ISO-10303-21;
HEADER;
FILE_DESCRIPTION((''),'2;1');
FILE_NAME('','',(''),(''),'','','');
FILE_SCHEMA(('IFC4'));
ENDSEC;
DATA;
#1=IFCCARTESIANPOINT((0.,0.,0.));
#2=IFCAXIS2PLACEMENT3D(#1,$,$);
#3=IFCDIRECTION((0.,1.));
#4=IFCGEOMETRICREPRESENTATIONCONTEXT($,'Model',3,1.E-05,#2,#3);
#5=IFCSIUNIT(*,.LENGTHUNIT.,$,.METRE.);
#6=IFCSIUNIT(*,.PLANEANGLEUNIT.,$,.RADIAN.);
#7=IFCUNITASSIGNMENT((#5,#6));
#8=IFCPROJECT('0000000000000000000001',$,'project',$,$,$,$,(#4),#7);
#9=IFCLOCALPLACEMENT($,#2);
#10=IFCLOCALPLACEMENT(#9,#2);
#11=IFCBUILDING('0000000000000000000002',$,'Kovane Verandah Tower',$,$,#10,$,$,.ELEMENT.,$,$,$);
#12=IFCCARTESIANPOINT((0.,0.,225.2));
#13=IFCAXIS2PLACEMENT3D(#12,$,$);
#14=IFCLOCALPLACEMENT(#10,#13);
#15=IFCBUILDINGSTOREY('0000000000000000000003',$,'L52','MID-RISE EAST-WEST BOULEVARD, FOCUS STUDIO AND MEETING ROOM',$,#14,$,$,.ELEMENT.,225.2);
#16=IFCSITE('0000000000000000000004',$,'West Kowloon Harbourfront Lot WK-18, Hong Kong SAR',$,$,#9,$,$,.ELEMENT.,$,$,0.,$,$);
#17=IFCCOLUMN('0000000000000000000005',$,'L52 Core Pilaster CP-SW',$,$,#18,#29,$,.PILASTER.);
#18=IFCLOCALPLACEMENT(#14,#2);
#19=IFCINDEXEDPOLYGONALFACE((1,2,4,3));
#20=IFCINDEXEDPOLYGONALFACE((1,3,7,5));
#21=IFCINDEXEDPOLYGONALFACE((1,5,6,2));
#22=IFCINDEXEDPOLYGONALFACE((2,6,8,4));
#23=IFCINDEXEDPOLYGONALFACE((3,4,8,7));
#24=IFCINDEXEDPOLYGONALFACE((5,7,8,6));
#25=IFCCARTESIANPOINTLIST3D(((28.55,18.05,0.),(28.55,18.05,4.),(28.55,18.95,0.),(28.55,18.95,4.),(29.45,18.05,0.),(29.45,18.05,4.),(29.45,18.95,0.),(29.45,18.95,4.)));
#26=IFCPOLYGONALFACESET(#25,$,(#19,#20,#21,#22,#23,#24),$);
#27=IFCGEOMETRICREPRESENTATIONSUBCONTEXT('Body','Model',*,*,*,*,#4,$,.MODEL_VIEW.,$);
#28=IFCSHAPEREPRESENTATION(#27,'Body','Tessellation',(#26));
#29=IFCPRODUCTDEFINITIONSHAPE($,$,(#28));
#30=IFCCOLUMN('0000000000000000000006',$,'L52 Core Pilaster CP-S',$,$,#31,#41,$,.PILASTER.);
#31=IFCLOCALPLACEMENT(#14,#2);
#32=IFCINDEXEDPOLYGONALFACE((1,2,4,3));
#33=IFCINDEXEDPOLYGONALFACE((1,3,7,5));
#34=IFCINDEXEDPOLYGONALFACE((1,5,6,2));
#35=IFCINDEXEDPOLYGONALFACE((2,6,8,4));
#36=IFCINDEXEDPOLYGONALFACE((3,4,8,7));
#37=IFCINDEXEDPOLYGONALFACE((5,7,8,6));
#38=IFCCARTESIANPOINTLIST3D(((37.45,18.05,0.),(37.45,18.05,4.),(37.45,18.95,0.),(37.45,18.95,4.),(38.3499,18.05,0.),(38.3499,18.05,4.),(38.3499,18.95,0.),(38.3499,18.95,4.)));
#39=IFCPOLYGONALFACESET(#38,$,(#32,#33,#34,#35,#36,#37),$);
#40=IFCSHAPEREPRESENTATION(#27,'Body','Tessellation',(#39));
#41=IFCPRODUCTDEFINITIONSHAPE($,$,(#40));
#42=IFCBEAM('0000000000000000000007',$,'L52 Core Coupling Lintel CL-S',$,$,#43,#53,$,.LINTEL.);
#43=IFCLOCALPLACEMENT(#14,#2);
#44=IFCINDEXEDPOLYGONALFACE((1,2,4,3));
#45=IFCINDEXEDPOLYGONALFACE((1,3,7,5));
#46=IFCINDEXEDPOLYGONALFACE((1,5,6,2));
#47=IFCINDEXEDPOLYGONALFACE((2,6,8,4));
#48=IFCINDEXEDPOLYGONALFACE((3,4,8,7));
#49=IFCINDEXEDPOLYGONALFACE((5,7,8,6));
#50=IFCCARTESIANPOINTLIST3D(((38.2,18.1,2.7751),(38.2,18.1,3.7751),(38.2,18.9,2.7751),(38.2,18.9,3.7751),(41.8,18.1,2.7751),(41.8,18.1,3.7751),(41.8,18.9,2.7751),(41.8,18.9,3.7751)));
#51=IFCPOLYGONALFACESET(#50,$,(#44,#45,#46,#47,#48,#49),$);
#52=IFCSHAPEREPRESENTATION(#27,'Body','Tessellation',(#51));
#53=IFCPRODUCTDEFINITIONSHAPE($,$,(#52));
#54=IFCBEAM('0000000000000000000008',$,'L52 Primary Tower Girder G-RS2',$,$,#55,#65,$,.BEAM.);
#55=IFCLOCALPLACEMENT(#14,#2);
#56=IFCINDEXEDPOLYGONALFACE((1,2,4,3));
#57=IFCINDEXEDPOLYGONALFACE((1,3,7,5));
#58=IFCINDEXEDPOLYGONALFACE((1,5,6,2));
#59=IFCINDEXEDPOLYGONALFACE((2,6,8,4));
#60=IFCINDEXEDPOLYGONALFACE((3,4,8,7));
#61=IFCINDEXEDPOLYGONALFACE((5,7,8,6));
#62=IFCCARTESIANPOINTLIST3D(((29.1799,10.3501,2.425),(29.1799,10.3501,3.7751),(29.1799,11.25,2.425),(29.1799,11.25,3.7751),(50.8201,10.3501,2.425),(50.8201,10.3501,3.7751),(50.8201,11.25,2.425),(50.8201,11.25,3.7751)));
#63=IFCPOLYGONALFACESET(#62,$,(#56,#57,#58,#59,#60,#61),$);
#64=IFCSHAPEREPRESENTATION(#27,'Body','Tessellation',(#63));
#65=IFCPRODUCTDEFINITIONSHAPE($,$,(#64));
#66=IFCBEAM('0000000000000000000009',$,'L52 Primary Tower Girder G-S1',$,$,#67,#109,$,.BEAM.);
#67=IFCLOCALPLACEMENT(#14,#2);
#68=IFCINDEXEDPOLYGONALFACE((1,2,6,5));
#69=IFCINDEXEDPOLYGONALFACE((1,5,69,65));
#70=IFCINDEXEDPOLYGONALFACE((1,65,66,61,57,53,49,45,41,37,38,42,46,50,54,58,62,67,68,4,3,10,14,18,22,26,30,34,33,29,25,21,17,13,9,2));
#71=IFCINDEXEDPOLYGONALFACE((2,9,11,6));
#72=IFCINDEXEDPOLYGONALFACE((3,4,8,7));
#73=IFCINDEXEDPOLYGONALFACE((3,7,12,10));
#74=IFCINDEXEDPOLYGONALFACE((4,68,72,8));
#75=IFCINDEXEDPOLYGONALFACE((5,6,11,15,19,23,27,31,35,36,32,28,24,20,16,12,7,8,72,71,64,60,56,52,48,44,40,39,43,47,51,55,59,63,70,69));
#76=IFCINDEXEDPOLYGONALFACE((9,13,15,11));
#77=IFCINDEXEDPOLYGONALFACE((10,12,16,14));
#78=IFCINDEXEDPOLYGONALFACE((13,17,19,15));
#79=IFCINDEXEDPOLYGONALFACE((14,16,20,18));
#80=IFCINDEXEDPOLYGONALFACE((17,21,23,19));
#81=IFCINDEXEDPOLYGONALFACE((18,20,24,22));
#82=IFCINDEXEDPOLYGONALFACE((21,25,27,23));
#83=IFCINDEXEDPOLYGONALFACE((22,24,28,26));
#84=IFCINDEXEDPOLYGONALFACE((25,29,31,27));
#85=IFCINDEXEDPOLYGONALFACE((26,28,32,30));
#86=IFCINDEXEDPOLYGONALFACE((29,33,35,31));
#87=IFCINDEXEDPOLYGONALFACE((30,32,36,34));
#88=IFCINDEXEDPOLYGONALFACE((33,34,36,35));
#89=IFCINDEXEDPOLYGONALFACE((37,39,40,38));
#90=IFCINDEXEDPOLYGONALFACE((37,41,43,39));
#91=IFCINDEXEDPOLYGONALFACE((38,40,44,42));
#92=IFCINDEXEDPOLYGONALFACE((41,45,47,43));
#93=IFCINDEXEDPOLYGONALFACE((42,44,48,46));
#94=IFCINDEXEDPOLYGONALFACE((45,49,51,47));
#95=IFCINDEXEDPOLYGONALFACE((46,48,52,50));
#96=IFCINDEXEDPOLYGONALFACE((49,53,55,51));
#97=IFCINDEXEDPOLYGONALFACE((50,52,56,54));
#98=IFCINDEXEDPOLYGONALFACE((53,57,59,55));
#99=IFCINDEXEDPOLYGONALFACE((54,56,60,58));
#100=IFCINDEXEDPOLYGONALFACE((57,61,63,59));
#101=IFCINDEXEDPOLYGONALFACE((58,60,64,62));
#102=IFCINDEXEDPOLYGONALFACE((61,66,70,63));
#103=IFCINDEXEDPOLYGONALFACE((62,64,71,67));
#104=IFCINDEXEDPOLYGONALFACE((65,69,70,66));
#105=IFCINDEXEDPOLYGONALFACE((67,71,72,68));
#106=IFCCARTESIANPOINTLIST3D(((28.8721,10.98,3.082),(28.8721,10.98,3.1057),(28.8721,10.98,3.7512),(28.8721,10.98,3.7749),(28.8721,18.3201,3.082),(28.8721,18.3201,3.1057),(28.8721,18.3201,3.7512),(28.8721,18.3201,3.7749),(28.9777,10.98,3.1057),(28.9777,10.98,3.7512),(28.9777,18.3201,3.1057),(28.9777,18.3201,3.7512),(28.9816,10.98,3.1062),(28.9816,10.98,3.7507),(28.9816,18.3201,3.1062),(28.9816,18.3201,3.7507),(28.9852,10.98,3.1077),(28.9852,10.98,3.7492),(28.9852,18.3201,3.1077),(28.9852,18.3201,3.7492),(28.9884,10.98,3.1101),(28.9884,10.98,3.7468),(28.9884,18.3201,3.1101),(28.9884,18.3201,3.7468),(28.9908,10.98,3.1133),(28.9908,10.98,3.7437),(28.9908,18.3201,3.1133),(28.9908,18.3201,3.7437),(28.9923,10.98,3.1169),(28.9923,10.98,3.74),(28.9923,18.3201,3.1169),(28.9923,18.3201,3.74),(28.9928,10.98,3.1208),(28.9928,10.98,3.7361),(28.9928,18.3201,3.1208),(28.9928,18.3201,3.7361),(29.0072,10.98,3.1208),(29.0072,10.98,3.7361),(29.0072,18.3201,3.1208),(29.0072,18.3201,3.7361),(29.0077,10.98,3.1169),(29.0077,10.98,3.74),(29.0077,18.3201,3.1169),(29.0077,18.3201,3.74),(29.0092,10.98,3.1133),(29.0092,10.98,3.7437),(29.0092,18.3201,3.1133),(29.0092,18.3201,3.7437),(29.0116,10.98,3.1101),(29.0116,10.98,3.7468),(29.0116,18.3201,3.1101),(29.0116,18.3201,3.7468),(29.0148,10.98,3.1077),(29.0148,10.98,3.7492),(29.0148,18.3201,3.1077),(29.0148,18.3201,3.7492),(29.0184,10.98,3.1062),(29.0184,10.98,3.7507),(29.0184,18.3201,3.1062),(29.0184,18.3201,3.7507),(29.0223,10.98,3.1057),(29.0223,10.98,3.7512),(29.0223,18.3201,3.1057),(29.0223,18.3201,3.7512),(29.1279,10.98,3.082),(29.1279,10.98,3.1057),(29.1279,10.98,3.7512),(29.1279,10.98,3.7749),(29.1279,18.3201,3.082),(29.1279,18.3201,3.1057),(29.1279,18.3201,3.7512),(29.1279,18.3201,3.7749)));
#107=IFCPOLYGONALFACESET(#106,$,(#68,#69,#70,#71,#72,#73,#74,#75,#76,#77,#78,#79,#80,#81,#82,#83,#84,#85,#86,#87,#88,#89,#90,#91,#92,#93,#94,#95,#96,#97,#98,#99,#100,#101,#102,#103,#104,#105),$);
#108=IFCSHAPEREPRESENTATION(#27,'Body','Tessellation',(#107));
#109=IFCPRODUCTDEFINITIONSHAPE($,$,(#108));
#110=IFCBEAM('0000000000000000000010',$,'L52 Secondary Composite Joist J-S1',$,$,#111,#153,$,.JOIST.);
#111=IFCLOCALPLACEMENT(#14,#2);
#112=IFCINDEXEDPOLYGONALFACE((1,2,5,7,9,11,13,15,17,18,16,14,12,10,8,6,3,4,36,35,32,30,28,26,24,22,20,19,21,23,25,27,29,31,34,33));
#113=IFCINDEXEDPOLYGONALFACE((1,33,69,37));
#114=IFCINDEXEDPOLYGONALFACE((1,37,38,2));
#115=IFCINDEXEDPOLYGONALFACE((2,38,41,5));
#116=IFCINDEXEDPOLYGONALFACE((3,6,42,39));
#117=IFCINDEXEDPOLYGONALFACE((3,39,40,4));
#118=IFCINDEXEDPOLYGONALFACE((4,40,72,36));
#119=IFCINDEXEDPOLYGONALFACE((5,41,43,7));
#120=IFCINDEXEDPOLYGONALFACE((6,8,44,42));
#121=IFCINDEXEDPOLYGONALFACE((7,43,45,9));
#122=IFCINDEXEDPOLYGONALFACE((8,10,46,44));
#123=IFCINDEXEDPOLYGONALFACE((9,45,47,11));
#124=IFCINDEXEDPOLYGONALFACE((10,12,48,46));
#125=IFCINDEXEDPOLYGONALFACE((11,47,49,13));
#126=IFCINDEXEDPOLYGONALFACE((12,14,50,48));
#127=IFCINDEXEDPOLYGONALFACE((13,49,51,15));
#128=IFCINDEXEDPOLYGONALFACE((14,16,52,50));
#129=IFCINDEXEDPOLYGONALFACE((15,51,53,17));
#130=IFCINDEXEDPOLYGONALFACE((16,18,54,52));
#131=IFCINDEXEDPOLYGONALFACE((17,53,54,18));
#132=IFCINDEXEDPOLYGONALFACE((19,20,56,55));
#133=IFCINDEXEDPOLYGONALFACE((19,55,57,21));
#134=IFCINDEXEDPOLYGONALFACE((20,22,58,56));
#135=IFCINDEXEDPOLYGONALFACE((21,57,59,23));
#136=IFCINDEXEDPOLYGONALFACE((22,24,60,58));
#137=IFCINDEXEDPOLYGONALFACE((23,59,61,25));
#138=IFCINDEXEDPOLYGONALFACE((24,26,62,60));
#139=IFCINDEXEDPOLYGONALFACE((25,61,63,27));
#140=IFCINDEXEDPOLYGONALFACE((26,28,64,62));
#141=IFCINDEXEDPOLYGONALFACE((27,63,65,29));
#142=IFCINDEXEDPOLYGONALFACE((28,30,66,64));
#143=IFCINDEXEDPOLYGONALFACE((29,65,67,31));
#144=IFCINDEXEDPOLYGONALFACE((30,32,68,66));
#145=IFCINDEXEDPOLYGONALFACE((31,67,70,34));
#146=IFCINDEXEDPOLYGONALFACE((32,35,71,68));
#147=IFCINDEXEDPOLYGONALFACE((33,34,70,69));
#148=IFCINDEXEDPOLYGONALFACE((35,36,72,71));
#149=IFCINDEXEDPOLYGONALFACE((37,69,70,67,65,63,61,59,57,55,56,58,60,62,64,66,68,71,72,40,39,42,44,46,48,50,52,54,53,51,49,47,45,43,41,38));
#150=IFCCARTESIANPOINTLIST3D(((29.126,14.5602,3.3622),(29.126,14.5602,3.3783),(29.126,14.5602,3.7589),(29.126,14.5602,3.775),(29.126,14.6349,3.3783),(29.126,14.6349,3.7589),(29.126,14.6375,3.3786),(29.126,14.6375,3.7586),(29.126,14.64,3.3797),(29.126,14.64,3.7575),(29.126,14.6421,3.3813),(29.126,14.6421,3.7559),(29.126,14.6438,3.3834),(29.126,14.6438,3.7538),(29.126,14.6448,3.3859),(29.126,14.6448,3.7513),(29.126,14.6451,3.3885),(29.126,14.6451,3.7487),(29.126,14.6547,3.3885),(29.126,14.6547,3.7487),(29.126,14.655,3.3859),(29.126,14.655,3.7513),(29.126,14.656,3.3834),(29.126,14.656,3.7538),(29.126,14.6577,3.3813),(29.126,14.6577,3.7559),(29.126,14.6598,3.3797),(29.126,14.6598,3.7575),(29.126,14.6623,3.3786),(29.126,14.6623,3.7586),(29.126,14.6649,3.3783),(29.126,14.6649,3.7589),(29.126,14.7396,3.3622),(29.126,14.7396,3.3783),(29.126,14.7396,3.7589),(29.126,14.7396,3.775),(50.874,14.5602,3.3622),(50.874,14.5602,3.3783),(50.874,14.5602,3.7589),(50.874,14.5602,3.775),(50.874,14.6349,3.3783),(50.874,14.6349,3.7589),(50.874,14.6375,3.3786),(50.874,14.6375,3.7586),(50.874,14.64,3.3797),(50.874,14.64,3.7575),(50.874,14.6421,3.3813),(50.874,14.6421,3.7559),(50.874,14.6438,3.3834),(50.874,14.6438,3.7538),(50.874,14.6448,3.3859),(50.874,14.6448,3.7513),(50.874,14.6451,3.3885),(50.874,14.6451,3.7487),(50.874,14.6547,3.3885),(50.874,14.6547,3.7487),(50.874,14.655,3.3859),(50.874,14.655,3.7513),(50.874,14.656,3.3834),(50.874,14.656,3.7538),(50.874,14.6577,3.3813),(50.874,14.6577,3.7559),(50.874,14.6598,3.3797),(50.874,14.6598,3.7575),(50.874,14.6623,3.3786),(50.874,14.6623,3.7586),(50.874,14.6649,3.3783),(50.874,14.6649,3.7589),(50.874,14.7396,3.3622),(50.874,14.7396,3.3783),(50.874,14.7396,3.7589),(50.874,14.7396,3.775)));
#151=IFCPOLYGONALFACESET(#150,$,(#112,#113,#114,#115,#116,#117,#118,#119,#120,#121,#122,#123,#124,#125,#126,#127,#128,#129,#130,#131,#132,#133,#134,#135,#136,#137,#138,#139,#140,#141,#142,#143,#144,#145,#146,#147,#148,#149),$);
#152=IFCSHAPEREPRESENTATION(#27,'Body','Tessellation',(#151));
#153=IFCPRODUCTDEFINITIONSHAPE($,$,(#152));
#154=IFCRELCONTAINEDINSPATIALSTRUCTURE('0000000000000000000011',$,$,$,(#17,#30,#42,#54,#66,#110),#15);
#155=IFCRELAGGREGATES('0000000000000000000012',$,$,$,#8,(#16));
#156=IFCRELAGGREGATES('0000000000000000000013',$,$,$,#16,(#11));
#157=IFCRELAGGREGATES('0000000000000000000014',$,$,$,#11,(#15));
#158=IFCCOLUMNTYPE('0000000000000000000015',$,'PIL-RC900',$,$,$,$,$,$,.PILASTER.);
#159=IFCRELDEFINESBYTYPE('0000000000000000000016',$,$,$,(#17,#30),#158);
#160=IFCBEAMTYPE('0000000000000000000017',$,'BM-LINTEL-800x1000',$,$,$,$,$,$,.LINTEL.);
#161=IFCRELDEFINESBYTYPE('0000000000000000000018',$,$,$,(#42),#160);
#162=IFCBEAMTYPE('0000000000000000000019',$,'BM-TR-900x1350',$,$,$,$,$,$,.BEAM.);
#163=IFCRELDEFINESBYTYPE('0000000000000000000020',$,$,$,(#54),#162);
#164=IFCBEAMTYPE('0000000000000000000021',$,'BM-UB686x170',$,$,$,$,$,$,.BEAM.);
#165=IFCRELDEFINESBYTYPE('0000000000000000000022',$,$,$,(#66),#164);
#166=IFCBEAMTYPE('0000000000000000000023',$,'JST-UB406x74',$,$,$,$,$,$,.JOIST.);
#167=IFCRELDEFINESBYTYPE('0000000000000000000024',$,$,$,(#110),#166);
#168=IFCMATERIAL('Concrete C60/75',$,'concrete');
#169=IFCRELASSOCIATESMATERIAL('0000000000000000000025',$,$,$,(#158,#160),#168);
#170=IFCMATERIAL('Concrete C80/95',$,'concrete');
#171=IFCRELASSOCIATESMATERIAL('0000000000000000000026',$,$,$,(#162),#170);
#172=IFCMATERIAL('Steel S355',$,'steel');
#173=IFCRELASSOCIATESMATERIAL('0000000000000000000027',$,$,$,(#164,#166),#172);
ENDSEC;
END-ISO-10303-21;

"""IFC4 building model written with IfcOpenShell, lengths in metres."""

from ifc_helpers import new_model, si_unit, direction, frame, origin, origin_2d, place, context, subcontext, project, spatial, rectangle, i_section, extrude, material, material_profile, profile_set, type_object, element, save


model = new_model("IFC4")

# Units and contexts
model_context = context("Model", 3, precision=1e-05, world=origin(), true_north=direction((0.0, 1.0)))
body_context = subcontext(model_context, "Body", "Model", "MODEL_VIEW")
ifc_project = project(units=[si_unit("LENGTHUNIT", "METRE"), si_unit("PLANEANGLEUNIT", "RADIAN")], contexts=[model_context])

# Site, building, storey
site_placement = place(None, origin())
site = spatial("IfcSite", under=ifc_project, at=site_placement, Name="West Kowloon Harbourfront Lot WK-18, Hong Kong SAR", CompositionType="ELEMENT", RefElevation=0.0)
building_placement = place(site_placement, origin())
building = spatial("IfcBuilding", under=site, at=building_placement, Name="Kovane Verandah Tower", CompositionType="ELEMENT")
storey_placement = place(building_placement, frame((0.0, 0.0, 225.2)))
storey = spatial("IfcBuildingStorey", under=building, at=storey_placement, Name="L52", Description="MID-RISE EAST-WEST BOULEVARD, FOCUS STUDIO AND MEETING ROOM", CompositionType="ELEMENT", Elevation=225.2)

# Columns
ifc_material_1 = material(Name="Concrete C60/75", Category="concrete")
ifc_material_profile_1 = material_profile(ifc_material_1, rectangle(XDim=0.8999, YDim=0.8999, at=origin_2d()), Name="RC900x900")
ifc_profile_set_1 = profile_set([ifc_material_profile_1], Name="Concrete C60/75")
column_type = type_object("IfcColumnType", Name="PIL-RC900", PredefinedType="PILASTER", material=ifc_profile_set_1)
for number, where, z_axis, x_axis, name in (
    (1, (29.0, 18.5, 0.0), (0.0, 0.0, 1.0), (1.0, 0.0, 0.0), "L52 Core Pilaster CP-SW"),
    (2, (37.8999, 18.5, 0.0), (0.0, 0.0, 1.0), (1.0, 0.0, 0.0), "L52 Core Pilaster CP-S"),
):
    element("IfcColumn", number, at=place(storey_placement, frame(where, z_axis=z_axis, x_axis=x_axis)), inside=storey, type_object=column_type, Name=name, PredefinedType="PILASTER", context=body_context, shape_type="SweptSolid", body=[
        extrude(rectangle(XDim=0.8999, YDim=0.8999, at=origin_2d()), origin(), (0.0, 0.0, 1.0), 4.0),
    ])

# Beams
ifc_material_profile_2 = material_profile(ifc_material_1, rectangle(XDim=0.8, YDim=1.0, at=origin_2d()), Name="RCB800x1000")
ifc_profile_set_2 = profile_set([ifc_material_profile_2], Name="Concrete C60/75")
beam_type_1 = type_object("IfcBeamType", Name="BM-LINTEL-800x1000", PredefinedType="LINTEL", material=ifc_profile_set_2)
beam_1_placement = place(storey_placement, frame((38.2, 18.5, 3.2751), z_axis=(1.0, 0.0, 0.0), x_axis=(0.0, 1.0, 0.0)))
element("IfcBeam", 3, at=beam_1_placement, inside=storey, type_object=beam_type_1, Name="L52 Core Coupling Lintel CL-S", PredefinedType="LINTEL", context=body_context, shape_type="SweptSolid", body=[
    extrude(rectangle(XDim=0.8, YDim=1.0, at=origin_2d()), origin(), (0.0, 0.0, 1.0), 3.6001),
])
ifc_material_2 = material(Name="Concrete C80/95", Category="concrete")
ifc_material_profile_3 = material_profile(ifc_material_2, rectangle(XDim=0.8999, YDim=1.3501, at=origin_2d()), Name="RCB900x1350")
ifc_profile_set_3 = profile_set([ifc_material_profile_3], Name="Concrete C80/95")
beam_type_2 = type_object("IfcBeamType", Name="BM-TR-900x1350", PredefinedType="BEAM", material=ifc_profile_set_3)
beam_2_placement = place(storey_placement, frame((29.1799, 10.8, 3.1001), z_axis=(1.0, 0.0, 0.0), x_axis=(0.0, 1.0, 0.0)))
element("IfcBeam", 4, at=beam_2_placement, inside=storey, type_object=beam_type_2, Name="L52 Primary Tower Girder G-RS2", PredefinedType="BEAM", context=body_context, shape_type="SweptSolid", body=[
    extrude(rectangle(XDim=0.8999, YDim=1.3501, at=origin_2d()), origin(), (0.0, 0.0, 1.0), 21.6401),
])
ifc_material_3 = material(Name="Steel S355", Category="steel")
ifc_material_profile_4 = material_profile(ifc_material_3, i_section(OverallWidth=0.2559, OverallDepth=0.6929, WebThickness=0.0144, FlangeThickness=0.0237, FilletRadius=0.0151, at=origin_2d()), Name="UB686x254x170")
ifc_profile_set_4 = profile_set([ifc_material_profile_4], Name="Steel S355")
beam_type_3 = type_object("IfcBeamType", Name="BM-UB686x170", PredefinedType="BEAM", material=ifc_profile_set_4)
beam_3_placement = place(storey_placement, frame((29.0, 18.3201, 3.4285), z_axis=(0.0, -1.0, 0.0), x_axis=(1.0, 0.0, 0.0)))
element("IfcBeam", 5, at=beam_3_placement, inside=storey, type_object=beam_type_3, Name="L52 Primary Tower Girder G-S1", PredefinedType="BEAM", context=body_context, shape_type="SweptSolid", body=[
    extrude(i_section(OverallWidth=0.2559, OverallDepth=0.6929, WebThickness=0.0144, FlangeThickness=0.0237, FilletRadius=0.0151, at=origin_2d()), origin(), (0.0, 0.0, 1.0), 7.3401),
])
ifc_material_profile_5 = material_profile(ifc_material_3, i_section(OverallWidth=0.1794, OverallDepth=0.4128, WebThickness=0.0095, FlangeThickness=0.0161, FilletRadius=0.0103, at=origin_2d()), Name="UB406x178x74")
ifc_profile_set_5 = profile_set([ifc_material_profile_5], Name="Steel S355")
beam_type_4 = type_object("IfcBeamType", Name="JST-UB406x74", PredefinedType="JOIST", material=ifc_profile_set_5)
beam_4_placement = place(storey_placement, frame((29.126, 14.6499, 3.5686), z_axis=(1.0, 0.0, 0.0), x_axis=(0.0, 1.0, 0.0)))
element("IfcBeam", 6, at=beam_4_placement, inside=storey, type_object=beam_type_4, Name="L52 Secondary Composite Joist J-S1", PredefinedType="JOIST", context=body_context, shape_type="SweptSolid", body=[
    extrude(i_section(OverallWidth=0.1794, OverallDepth=0.4128, WebThickness=0.0095, FlangeThickness=0.0161, FilletRadius=0.0103, at=origin_2d()), origin(), (0.0, 0.0, 1.0), 21.748),
])

save(model, "model.ifc")
